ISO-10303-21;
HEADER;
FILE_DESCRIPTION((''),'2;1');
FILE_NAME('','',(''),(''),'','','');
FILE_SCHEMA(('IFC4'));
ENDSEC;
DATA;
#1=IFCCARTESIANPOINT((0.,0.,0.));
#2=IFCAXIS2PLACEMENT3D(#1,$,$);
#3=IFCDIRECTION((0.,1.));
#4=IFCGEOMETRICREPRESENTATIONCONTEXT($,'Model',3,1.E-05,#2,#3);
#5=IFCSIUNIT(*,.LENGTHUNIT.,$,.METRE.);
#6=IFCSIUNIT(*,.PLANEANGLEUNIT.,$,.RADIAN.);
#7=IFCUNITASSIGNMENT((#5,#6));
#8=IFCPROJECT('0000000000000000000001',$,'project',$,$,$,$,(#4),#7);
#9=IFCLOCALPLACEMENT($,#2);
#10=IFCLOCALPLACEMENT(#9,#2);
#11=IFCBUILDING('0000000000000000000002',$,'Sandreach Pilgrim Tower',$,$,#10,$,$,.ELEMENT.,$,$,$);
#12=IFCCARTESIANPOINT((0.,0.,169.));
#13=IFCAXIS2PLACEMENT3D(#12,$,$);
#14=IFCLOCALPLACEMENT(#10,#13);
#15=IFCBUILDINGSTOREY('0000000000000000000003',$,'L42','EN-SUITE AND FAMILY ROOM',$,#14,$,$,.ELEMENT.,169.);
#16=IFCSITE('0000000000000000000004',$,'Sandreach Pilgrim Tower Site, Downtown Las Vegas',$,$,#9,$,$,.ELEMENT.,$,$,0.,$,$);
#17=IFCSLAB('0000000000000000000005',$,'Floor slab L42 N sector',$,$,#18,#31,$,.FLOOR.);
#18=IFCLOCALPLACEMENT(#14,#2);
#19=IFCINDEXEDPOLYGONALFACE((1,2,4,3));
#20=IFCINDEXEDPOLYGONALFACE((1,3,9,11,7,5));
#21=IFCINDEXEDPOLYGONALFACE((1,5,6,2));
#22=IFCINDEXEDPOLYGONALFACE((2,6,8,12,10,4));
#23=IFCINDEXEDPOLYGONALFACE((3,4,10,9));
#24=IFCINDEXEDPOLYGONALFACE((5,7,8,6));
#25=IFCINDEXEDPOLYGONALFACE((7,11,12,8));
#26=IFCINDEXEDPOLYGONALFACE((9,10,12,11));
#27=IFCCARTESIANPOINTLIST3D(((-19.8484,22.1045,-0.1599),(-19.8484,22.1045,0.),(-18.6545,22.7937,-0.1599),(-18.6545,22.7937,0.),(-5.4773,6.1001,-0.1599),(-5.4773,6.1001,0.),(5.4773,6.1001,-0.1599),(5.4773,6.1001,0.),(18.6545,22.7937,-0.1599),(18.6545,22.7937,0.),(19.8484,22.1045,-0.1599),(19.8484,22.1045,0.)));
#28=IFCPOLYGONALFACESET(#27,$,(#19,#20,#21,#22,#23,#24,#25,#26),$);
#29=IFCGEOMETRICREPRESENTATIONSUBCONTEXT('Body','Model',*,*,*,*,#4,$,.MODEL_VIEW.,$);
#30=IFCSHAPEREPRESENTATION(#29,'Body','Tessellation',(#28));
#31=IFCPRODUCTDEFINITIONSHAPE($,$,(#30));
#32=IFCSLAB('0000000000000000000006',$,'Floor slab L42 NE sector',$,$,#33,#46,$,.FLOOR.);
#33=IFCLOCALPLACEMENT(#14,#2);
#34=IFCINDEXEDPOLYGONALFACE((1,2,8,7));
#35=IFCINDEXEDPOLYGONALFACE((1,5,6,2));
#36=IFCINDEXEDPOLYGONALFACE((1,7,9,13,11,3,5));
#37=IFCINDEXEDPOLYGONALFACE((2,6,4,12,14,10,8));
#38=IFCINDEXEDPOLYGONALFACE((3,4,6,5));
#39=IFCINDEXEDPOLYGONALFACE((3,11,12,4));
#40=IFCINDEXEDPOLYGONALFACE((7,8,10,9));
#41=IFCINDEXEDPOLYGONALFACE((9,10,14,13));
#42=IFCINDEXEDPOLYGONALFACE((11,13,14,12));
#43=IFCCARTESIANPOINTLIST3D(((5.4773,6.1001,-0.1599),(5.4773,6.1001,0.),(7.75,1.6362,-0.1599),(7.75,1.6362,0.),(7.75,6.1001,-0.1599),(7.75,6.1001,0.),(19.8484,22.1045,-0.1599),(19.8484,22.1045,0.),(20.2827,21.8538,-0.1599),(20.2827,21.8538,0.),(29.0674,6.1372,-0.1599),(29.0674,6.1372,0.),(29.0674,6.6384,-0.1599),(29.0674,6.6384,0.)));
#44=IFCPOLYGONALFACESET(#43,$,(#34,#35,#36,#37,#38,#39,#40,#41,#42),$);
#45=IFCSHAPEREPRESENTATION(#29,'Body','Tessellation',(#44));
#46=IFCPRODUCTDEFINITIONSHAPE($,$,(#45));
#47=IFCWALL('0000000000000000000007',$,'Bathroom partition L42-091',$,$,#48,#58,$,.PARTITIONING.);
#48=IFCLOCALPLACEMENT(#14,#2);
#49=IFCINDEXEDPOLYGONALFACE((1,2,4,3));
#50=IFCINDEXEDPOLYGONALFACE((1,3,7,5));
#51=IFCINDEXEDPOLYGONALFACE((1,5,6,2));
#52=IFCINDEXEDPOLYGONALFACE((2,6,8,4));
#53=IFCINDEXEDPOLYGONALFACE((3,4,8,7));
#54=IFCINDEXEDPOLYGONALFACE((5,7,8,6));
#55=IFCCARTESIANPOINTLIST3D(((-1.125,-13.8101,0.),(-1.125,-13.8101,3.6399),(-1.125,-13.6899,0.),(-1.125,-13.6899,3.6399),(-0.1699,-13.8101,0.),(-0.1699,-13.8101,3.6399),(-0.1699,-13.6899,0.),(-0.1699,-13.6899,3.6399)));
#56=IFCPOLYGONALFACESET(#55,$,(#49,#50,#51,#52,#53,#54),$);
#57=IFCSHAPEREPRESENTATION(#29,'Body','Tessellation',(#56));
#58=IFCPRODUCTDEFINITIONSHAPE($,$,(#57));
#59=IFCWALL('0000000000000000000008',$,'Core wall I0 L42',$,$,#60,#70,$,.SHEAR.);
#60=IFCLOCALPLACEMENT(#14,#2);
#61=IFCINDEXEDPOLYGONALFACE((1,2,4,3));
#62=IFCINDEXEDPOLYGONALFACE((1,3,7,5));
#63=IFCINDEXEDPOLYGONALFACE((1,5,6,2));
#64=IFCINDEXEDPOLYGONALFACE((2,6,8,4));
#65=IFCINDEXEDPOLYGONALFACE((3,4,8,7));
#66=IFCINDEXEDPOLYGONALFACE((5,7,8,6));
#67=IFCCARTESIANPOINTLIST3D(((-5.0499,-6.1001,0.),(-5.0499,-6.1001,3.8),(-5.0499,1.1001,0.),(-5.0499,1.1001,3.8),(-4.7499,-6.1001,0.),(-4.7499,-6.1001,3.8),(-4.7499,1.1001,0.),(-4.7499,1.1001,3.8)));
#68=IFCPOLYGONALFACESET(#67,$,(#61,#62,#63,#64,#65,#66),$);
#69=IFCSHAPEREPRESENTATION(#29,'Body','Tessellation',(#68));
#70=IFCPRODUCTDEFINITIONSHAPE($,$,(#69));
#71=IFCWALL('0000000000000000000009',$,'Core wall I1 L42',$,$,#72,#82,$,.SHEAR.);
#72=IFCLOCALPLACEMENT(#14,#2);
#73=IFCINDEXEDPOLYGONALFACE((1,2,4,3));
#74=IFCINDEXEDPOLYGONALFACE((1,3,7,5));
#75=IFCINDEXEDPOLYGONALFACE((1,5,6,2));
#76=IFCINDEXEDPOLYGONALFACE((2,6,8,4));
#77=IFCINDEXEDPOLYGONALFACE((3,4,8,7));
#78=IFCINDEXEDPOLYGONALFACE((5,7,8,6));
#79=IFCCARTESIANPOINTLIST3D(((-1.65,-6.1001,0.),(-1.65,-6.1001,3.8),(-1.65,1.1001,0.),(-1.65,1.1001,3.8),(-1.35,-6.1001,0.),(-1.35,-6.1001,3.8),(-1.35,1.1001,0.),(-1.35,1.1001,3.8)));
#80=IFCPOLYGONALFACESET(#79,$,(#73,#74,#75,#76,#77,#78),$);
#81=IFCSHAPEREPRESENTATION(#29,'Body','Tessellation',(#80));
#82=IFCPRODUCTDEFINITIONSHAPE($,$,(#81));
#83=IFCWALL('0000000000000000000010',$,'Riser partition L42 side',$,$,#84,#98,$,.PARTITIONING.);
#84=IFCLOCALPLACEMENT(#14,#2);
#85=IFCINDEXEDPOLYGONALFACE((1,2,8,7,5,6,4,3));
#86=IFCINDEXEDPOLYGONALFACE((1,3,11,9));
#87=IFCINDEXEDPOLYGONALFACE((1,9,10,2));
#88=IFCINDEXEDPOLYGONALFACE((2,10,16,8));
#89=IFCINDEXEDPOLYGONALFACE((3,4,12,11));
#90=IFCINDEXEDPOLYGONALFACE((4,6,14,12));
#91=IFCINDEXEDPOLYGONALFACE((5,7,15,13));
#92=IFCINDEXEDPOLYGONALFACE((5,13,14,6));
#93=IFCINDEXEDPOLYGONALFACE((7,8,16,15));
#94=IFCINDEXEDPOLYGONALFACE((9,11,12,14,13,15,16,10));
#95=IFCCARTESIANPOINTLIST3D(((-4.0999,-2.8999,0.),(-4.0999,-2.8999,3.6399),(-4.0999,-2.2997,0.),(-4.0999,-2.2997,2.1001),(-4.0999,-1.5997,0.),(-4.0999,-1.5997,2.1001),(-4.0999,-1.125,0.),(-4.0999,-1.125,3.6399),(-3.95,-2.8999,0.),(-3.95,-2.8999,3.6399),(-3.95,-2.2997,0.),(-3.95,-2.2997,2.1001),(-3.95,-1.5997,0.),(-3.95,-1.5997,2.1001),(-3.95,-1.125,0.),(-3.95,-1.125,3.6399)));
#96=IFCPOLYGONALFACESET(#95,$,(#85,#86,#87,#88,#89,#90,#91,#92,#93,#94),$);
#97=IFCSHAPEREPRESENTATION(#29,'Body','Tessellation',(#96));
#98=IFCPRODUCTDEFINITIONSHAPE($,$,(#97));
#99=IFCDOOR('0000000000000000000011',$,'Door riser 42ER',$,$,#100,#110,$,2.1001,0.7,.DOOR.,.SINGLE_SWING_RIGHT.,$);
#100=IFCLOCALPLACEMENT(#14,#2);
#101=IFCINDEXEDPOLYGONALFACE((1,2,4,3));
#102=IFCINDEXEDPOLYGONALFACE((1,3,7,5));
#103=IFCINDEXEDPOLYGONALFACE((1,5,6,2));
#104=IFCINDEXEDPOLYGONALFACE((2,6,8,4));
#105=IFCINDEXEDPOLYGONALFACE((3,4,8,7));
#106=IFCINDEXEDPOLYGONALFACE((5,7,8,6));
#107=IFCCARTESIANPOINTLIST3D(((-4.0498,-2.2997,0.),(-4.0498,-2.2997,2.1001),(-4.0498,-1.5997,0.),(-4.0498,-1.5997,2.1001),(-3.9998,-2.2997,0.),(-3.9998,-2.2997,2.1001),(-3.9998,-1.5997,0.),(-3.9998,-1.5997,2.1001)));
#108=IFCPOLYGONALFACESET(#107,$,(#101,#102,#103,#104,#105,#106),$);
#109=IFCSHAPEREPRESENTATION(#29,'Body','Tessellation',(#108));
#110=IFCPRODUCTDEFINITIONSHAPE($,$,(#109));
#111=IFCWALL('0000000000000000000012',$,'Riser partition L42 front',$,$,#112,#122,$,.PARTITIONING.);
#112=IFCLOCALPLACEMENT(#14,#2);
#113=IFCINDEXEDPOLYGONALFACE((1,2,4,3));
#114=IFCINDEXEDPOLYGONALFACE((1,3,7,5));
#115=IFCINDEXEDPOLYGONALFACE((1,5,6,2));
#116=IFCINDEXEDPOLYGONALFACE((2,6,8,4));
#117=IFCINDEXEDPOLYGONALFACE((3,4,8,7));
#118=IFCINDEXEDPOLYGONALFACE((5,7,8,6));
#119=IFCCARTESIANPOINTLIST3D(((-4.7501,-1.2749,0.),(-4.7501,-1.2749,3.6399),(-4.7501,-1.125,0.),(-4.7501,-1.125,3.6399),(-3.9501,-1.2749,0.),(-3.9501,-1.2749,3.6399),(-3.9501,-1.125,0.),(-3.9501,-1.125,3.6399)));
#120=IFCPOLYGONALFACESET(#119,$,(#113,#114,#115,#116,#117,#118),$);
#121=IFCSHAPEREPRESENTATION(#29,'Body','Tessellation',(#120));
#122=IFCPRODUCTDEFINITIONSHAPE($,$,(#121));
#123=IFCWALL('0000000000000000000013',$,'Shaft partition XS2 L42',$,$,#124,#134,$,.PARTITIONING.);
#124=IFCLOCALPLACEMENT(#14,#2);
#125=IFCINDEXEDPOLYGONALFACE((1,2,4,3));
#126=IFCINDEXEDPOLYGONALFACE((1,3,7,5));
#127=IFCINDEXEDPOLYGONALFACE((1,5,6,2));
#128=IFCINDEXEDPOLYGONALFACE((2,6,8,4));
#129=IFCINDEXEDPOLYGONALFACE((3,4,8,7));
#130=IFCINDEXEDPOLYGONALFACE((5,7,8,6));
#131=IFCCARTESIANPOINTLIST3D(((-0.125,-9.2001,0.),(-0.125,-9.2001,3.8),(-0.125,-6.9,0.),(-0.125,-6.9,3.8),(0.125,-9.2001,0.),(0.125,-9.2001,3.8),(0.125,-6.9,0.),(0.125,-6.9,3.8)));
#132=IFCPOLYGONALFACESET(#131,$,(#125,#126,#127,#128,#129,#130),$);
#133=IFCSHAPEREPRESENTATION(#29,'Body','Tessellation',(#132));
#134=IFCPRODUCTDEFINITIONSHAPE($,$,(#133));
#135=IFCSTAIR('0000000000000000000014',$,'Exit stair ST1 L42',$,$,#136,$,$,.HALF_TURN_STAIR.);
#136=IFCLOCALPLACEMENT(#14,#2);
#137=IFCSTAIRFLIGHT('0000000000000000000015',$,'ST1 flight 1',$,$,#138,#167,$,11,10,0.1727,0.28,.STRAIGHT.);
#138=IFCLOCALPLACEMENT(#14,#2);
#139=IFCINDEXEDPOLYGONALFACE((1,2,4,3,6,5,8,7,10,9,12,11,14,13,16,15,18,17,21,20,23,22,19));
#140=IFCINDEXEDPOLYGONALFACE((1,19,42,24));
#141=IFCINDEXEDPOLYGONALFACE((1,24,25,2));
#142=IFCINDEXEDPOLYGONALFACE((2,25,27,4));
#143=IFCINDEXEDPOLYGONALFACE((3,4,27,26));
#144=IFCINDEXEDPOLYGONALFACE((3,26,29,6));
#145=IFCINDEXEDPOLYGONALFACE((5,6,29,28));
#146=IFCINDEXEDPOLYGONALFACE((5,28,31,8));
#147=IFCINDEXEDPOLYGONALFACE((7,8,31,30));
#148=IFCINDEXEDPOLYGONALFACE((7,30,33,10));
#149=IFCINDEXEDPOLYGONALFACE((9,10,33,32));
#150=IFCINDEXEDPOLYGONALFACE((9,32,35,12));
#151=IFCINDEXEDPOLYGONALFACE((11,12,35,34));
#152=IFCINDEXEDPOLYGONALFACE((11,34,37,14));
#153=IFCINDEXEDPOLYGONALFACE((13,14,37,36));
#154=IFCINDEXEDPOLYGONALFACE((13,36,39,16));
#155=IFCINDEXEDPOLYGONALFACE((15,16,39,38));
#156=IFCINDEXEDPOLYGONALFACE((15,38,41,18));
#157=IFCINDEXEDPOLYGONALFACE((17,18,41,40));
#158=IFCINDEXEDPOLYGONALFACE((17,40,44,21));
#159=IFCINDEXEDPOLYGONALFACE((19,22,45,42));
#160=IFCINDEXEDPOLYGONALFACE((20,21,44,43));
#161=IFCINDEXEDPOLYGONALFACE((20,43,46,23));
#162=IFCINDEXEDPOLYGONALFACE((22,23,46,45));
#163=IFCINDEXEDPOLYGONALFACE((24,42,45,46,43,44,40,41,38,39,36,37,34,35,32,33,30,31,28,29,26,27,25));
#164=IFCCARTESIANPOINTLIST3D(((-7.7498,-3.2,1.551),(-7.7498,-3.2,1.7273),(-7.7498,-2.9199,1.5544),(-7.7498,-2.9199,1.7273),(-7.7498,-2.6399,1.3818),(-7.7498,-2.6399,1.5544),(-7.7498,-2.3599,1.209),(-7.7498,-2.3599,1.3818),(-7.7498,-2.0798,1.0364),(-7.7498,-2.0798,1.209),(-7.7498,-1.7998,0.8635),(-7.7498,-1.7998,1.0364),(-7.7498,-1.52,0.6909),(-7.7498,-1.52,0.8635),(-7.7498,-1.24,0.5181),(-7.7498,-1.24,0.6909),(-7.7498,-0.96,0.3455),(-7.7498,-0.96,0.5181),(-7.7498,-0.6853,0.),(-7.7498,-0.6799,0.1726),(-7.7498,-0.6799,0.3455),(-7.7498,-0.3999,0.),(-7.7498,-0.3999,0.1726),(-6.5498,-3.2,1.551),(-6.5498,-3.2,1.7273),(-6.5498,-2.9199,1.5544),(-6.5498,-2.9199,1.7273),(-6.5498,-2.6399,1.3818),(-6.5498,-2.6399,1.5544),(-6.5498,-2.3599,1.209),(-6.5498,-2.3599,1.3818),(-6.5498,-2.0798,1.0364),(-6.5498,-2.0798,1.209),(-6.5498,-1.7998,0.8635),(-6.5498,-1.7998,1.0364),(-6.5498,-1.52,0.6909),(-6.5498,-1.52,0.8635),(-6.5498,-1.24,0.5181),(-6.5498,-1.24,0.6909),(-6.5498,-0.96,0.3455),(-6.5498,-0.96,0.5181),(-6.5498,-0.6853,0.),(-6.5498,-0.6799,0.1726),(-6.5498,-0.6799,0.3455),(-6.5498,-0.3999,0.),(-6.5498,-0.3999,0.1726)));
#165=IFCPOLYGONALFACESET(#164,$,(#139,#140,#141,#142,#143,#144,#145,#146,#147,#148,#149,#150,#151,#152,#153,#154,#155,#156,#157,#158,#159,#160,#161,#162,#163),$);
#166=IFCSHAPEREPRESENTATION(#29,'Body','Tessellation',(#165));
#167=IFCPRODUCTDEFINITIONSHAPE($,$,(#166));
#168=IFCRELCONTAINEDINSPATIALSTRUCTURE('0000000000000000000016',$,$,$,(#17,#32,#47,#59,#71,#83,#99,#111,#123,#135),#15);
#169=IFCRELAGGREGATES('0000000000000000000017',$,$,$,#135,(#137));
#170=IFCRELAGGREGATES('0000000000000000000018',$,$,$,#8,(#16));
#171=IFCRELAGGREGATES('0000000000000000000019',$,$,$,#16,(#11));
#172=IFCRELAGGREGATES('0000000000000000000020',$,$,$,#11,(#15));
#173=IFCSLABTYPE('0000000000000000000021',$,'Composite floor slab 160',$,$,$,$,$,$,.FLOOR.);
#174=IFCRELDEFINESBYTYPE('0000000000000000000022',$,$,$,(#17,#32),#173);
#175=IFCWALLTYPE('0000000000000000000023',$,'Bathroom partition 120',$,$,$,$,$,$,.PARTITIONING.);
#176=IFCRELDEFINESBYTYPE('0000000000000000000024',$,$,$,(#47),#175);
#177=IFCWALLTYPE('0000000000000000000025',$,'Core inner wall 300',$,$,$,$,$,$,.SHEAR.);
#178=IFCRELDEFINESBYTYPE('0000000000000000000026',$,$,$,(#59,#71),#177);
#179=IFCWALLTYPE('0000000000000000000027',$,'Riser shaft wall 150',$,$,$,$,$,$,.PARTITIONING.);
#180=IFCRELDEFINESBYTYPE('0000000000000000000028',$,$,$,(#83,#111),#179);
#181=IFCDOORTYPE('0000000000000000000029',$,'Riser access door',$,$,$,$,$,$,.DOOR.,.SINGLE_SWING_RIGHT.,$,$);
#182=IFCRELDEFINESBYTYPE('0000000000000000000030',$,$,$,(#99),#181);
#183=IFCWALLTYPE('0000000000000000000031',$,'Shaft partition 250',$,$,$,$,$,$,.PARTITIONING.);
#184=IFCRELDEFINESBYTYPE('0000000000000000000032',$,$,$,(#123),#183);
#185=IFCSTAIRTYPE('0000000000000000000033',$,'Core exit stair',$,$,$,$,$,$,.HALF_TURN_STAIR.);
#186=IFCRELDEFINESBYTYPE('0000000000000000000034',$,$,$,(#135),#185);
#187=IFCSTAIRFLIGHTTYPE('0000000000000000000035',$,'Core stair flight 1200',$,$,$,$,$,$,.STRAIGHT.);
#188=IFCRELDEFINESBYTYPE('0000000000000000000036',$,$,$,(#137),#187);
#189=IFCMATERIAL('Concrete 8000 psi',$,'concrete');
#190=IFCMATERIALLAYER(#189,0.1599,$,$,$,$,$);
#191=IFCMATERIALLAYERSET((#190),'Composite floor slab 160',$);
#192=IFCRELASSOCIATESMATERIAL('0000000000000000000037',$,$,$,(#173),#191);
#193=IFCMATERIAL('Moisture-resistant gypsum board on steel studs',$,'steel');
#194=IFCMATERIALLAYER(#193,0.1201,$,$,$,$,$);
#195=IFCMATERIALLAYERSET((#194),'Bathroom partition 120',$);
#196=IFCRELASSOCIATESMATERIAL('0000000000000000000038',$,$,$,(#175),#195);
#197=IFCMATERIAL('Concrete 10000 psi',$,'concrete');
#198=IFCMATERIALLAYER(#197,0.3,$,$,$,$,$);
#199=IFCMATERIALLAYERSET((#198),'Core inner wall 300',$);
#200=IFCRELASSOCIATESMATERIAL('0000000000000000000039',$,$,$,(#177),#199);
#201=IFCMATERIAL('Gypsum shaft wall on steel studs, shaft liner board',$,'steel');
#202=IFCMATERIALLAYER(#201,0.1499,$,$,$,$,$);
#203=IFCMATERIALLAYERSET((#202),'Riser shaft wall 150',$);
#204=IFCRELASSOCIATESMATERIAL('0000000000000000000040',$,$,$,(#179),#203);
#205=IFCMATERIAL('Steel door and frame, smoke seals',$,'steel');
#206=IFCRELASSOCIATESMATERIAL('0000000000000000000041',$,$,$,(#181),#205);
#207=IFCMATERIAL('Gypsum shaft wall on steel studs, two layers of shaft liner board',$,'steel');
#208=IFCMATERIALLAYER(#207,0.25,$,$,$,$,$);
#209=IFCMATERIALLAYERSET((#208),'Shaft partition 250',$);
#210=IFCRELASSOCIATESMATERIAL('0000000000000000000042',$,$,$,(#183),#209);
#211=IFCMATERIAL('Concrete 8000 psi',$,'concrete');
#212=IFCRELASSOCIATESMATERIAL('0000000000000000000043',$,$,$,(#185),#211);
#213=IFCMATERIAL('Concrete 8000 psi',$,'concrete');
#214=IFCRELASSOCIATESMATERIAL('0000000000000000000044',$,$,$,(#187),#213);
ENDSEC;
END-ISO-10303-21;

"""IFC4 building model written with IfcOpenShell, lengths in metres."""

from ifc_helpers import new_model, si_unit, direction, frame, frame_2d, origin, place, context, subcontext, project, spatial, polyline, rectangle, outline, extrude, material, layer, layer_set, type_object, element, fill, aggregate, save


model = new_model("IFC4")

# Units and contexts
model_context = context("Model", 3, precision=1e-05, world=origin(), true_north=direction((0.0, 1.0)))
body_context = subcontext(model_context, "Body", "Model", "MODEL_VIEW")
ifc_project = project(units=[si_unit("LENGTHUNIT", "METRE"), si_unit("PLANEANGLEUNIT", "RADIAN")], contexts=[model_context])

# Site, building, storey
site_placement = place(None, origin())
site = spatial("IfcSite", under=ifc_project, at=site_placement, Name="Sandreach Pilgrim Tower Site, Downtown Las Vegas", CompositionType="ELEMENT", RefElevation=0.0)
building_placement = place(site_placement, origin())
building = spatial("IfcBuilding", under=site, at=building_placement, Name="Sandreach Pilgrim Tower", CompositionType="ELEMENT")
storey_placement = place(building_placement, frame((0.0, 0.0, 169.0)))
storey = spatial("IfcBuildingStorey", under=building, at=storey_placement, Name="L42", Description="EN-SUITE AND FAMILY ROOM", CompositionType="ELEMENT", Elevation=169.0)

# Slabs
ifc_material_1 = material(Name="Concrete 8000 psi", Category="concrete")
ifc_layer_1 = layer(ifc_material_1, 0.1599)
ifc_layer_set_1 = layer_set([ifc_layer_1], Name="Composite floor slab 160")
slab_type = type_object("IfcSlabType", Name="Composite floor slab 160", PredefinedType="FLOOR", material=ifc_layer_set_1)
slab_1_placement = place(storey_placement, frame((0.0, 0.0, -0.1599)))
element("IfcSlab", 1, at=slab_1_placement, inside=storey, type_object=slab_type, Name="Floor slab L42 N sector", PredefinedType="FLOOR", context=body_context, shape_type="SweptSolid", body=[
    extrude(outline(polyline([(-18.6545, 22.7937), (18.6545, 22.7937), (19.8484, 22.1045), (5.4773, 6.1001), (-5.4773, 6.1001), (-19.8484, 22.1045), (-18.6545, 22.7937)])), origin(), (0.0, 0.0, 1.0), 0.1599),
])
slab_2_placement = place(storey_placement, frame((0.0, 0.0, -0.1599)))
element("IfcSlab", 2, at=slab_2_placement, inside=storey, type_object=slab_type, Name="Floor slab L42 NE sector", PredefinedType="FLOOR", context=body_context, shape_type="SweptSolid", body=[
    extrude(outline(polyline([(20.2827, 21.8538), (29.0674, 6.6384), (29.0674, 6.1372), (7.75, 1.6362), (7.75, 6.1001), (5.4773, 6.1001), (19.8484, 22.1045), (20.2827, 21.8538)])), origin(), (0.0, 0.0, 1.0), 0.1599),
])

# Walls
ifc_material_2 = material(Name="Moisture-resistant gypsum board on steel studs", Category="steel")
ifc_layer_2 = layer(ifc_material_2, 0.1201)
ifc_layer_set_2 = layer_set([ifc_layer_2], Name="Bathroom partition 120")
wall_type_1 = type_object("IfcWallType", Name="Bathroom partition 120", PredefinedType="PARTITIONING", material=ifc_layer_set_2)
wall_1_placement = place(storey_placement, frame((-1.125, -13.75, 0.0), z_axis=(0.0, 0.0, 1.0), x_axis=(1.0, 0.0, 0.0)))
element("IfcWall", 3, at=wall_1_placement, inside=storey, type_object=wall_type_1, Name="Bathroom partition L42-091", PredefinedType="PARTITIONING", context=body_context, shape_type="SweptSolid", body=[
    extrude(rectangle(XDim=0.9551, YDim=0.1201, at=frame_2d((0.4775, 0.0))), origin(), (0.0, 0.0, 1.0), 3.6399),
])
ifc_material_3 = material(Name="Concrete 10000 psi", Category="concrete")
ifc_layer_3 = layer(ifc_material_3, 0.3)
ifc_layer_set_3 = layer_set([ifc_layer_3], Name="Core inner wall 300")
wall_type_2 = type_object("IfcWallType", Name="Core inner wall 300", PredefinedType="SHEAR", material=ifc_layer_set_3)
for number, where, z_axis, x_axis, name in (
    (4, (-4.8999, -6.1001, 0.0), (0.0, 0.0, 1.0), (0.0, 1.0, 0.0), "Core wall I0 L42"),
    (5, (-1.5, -6.1001, 0.0), (0.0, 0.0, 1.0), (0.0, 1.0, 0.0), "Core wall I1 L42"),
):
    element("IfcWall", number, at=place(storey_placement, frame(where, z_axis=z_axis, x_axis=x_axis)), inside=storey, type_object=wall_type_2, Name=name, PredefinedType="SHEAR", context=body_context, shape_type="SweptSolid", body=[
        extrude(rectangle(XDim=7.2002, YDim=0.3, at=frame_2d((3.6001, 0.0))), origin(), (0.0, 0.0, 1.0), 3.8),
    ])

# Wall, opening, door
ifc_material_4 = material(Name="Gypsum shaft wall on steel studs, shaft liner board", Category="steel")
ifc_layer_4 = layer(ifc_material_4, 0.1499)
ifc_layer_set_4 = layer_set([ifc_layer_4], Name="Riser shaft wall 150")
wall_type_3 = type_object("IfcWallType", Name="Riser shaft wall 150", PredefinedType="PARTITIONING", material=ifc_layer_set_4)
wall_2_placement = place(storey_placement, frame((-4.0249, -2.8999, 0.0), z_axis=(0.0, 0.0, 1.0), x_axis=(0.0, 1.0, 0.0)))
wall_2 = element("IfcWall", 6, at=wall_2_placement, inside=storey, type_object=wall_type_3, Name="Riser partition L42 side", PredefinedType="PARTITIONING", context=body_context, shape_type="SweptSolid", body=[
    extrude(rectangle(XDim=1.7749, YDim=0.1499, at=frame_2d((0.8875, 0.0))), origin(), (0.0, 0.0, 1.0), 3.6399),
])
opening_1_placement = place(wall_2_placement, frame((0.6001, 0.0, 0.0)))
opening_1 = element("IfcOpeningElement", 7, at=opening_1_placement, cuts=wall_2, PredefinedType="OPENING", context=body_context, shape_type="SweptSolid", body=[
    extrude(rectangle(XDim=0.7, YDim=2.1001, at=frame_2d((0.3501, 1.05))), frame((0.0, 0.075, 0.0), z_axis=(0.0, -1.0, 0.0), x_axis=(1.0, 0.0, 0.0)), (0.0, 0.0, 1.0), 0.1499),
])
ifc_material_5 = material(Name="Steel door and frame, smoke seals", Category="steel")
door_type_1 = type_object("IfcDoorType", Name="Riser access door", OperationType="SINGLE_SWING_RIGHT", PredefinedType="DOOR", material=ifc_material_5)
door_1_placement = place(opening_1_placement, origin())
door_1 = element("IfcDoor", 8, at=door_1_placement, inside=storey, type_object=door_type_1, Name="Door riser 42ER", OperationType="SINGLE_SWING_RIGHT", OverallHeight=2.1001, OverallWidth=0.7, PredefinedType="DOOR", context=body_context, shape_type="SweptSolid", body=[
    extrude(rectangle(XDim=0.7, YDim=2.1001, at=frame_2d((0.3501, 1.05))), frame((0.0, 0.0249, 0.0), z_axis=(0.0, -1.0, 0.0), x_axis=(1.0, 0.0, 0.0)), (0.0, 0.0, 1.0), 0.05),
])
fill(opening_1, door_1)

# Walls
wall_3_placement = place(storey_placement, frame((-4.75, -1.2, 0.0), z_axis=(0.0, 0.0, 1.0), x_axis=(1.0, 0.0, 0.0)))
element("IfcWall", 9, at=wall_3_placement, inside=storey, type_object=wall_type_3, Name="Riser partition L42 front", PredefinedType="PARTITIONING", context=body_context, shape_type="SweptSolid", body=[
    extrude(rectangle(XDim=0.8, YDim=0.1499, at=frame_2d((0.3999, 0.0))), origin(), (0.0, 0.0, 1.0), 3.6399),
])
ifc_material_6 = material(Name="Gypsum shaft wall on steel studs, two layers of shaft liner board", Category="steel")
ifc_layer_5 = layer(ifc_material_6, 0.25)
ifc_layer_set_5 = layer_set([ifc_layer_5], Name="Shaft partition 250")
wall_type_4 = type_object("IfcWallType", Name="Shaft partition 250", PredefinedType="PARTITIONING", material=ifc_layer_set_5)
wall_4_placement = place(storey_placement, frame((0.0, -9.2, 0.0), z_axis=(0.0, 0.0, 1.0), x_axis=(0.0, 1.0, 0.0)))
element("IfcWall", 10, at=wall_4_placement, inside=storey, type_object=wall_type_4, Name="Shaft partition XS2 L42", PredefinedType="PARTITIONING", context=body_context, shape_type="SweptSolid", body=[
    extrude(rectangle(XDim=2.3, YDim=0.25, at=frame_2d((1.1499, 0.0))), origin(), (0.0, 0.0, 1.0), 3.8),
])

# Stair, stair flight
ifc_material_7 = material(Name="Concrete 8000 psi", Category="concrete")
stair_type = type_object("IfcStairType", Name="Core exit stair", PredefinedType="HALF_TURN_STAIR", material=ifc_material_7)
stair_1_placement = place(storey_placement, origin())
stair_1 = element("IfcStair", 11, at=stair_1_placement, inside=storey, type_object=stair_type, Name="Exit stair ST1 L42", PredefinedType="HALF_TURN_STAIR")
ifc_material_8 = material(Name="Concrete 8000 psi", Category="concrete")
stair_flight_type = type_object("IfcStairFlightType", Name="Core stair flight 1200", PredefinedType="STRAIGHT", material=ifc_material_8)
stair_flight_1_placement = place(storey_placement, frame((-7.1499, -0.3999, 0.0), z_axis=(0.0, 0.0, 1.0), x_axis=(0.0, -1.0, 0.0)))
stair_flight_1 = element("IfcStairFlight", 12, at=stair_flight_1_placement, type_object=stair_flight_type, Name="ST1 flight 1", NumberOfRisers=11, NumberOfTreads=10, PredefinedType="STRAIGHT", RiserHeight=0.1727, TreadLength=0.28, context=body_context, shape_type="SweptSolid", body=[
    extrude(outline(polyline([(0.0, 0.0), (0.0, 0.1726), (0.28, 0.1726), (0.28, 0.3455), (0.5601, 0.3455), (0.5601, 0.5181), (0.8401, 0.5181), (0.8401, 0.6909), (1.1201, 0.6909), (1.1201, 0.8635), (1.3999, 0.8635), (1.3999, 1.0364), (1.6799, 1.0364), (1.6799, 1.209), (1.96, 1.209), (1.96, 1.3818), (2.24, 1.3818), (2.24, 1.5544), (2.52, 1.5544), (2.52, 1.7273), (2.8, 1.7273), (2.8, 1.8999), (2.8, 1.551), (0.2854, 0.0), (0.0, 0.0)])), frame((0.0, 0.6001, 0.0), z_axis=(0.0, -1.0, 0.0), x_axis=(1.0, 0.0, 0.0)), (0.0, 0.0, 1.0), 1.2),
])
aggregate(stair_1, [stair_flight_1])

save(model, "model.ifc")
